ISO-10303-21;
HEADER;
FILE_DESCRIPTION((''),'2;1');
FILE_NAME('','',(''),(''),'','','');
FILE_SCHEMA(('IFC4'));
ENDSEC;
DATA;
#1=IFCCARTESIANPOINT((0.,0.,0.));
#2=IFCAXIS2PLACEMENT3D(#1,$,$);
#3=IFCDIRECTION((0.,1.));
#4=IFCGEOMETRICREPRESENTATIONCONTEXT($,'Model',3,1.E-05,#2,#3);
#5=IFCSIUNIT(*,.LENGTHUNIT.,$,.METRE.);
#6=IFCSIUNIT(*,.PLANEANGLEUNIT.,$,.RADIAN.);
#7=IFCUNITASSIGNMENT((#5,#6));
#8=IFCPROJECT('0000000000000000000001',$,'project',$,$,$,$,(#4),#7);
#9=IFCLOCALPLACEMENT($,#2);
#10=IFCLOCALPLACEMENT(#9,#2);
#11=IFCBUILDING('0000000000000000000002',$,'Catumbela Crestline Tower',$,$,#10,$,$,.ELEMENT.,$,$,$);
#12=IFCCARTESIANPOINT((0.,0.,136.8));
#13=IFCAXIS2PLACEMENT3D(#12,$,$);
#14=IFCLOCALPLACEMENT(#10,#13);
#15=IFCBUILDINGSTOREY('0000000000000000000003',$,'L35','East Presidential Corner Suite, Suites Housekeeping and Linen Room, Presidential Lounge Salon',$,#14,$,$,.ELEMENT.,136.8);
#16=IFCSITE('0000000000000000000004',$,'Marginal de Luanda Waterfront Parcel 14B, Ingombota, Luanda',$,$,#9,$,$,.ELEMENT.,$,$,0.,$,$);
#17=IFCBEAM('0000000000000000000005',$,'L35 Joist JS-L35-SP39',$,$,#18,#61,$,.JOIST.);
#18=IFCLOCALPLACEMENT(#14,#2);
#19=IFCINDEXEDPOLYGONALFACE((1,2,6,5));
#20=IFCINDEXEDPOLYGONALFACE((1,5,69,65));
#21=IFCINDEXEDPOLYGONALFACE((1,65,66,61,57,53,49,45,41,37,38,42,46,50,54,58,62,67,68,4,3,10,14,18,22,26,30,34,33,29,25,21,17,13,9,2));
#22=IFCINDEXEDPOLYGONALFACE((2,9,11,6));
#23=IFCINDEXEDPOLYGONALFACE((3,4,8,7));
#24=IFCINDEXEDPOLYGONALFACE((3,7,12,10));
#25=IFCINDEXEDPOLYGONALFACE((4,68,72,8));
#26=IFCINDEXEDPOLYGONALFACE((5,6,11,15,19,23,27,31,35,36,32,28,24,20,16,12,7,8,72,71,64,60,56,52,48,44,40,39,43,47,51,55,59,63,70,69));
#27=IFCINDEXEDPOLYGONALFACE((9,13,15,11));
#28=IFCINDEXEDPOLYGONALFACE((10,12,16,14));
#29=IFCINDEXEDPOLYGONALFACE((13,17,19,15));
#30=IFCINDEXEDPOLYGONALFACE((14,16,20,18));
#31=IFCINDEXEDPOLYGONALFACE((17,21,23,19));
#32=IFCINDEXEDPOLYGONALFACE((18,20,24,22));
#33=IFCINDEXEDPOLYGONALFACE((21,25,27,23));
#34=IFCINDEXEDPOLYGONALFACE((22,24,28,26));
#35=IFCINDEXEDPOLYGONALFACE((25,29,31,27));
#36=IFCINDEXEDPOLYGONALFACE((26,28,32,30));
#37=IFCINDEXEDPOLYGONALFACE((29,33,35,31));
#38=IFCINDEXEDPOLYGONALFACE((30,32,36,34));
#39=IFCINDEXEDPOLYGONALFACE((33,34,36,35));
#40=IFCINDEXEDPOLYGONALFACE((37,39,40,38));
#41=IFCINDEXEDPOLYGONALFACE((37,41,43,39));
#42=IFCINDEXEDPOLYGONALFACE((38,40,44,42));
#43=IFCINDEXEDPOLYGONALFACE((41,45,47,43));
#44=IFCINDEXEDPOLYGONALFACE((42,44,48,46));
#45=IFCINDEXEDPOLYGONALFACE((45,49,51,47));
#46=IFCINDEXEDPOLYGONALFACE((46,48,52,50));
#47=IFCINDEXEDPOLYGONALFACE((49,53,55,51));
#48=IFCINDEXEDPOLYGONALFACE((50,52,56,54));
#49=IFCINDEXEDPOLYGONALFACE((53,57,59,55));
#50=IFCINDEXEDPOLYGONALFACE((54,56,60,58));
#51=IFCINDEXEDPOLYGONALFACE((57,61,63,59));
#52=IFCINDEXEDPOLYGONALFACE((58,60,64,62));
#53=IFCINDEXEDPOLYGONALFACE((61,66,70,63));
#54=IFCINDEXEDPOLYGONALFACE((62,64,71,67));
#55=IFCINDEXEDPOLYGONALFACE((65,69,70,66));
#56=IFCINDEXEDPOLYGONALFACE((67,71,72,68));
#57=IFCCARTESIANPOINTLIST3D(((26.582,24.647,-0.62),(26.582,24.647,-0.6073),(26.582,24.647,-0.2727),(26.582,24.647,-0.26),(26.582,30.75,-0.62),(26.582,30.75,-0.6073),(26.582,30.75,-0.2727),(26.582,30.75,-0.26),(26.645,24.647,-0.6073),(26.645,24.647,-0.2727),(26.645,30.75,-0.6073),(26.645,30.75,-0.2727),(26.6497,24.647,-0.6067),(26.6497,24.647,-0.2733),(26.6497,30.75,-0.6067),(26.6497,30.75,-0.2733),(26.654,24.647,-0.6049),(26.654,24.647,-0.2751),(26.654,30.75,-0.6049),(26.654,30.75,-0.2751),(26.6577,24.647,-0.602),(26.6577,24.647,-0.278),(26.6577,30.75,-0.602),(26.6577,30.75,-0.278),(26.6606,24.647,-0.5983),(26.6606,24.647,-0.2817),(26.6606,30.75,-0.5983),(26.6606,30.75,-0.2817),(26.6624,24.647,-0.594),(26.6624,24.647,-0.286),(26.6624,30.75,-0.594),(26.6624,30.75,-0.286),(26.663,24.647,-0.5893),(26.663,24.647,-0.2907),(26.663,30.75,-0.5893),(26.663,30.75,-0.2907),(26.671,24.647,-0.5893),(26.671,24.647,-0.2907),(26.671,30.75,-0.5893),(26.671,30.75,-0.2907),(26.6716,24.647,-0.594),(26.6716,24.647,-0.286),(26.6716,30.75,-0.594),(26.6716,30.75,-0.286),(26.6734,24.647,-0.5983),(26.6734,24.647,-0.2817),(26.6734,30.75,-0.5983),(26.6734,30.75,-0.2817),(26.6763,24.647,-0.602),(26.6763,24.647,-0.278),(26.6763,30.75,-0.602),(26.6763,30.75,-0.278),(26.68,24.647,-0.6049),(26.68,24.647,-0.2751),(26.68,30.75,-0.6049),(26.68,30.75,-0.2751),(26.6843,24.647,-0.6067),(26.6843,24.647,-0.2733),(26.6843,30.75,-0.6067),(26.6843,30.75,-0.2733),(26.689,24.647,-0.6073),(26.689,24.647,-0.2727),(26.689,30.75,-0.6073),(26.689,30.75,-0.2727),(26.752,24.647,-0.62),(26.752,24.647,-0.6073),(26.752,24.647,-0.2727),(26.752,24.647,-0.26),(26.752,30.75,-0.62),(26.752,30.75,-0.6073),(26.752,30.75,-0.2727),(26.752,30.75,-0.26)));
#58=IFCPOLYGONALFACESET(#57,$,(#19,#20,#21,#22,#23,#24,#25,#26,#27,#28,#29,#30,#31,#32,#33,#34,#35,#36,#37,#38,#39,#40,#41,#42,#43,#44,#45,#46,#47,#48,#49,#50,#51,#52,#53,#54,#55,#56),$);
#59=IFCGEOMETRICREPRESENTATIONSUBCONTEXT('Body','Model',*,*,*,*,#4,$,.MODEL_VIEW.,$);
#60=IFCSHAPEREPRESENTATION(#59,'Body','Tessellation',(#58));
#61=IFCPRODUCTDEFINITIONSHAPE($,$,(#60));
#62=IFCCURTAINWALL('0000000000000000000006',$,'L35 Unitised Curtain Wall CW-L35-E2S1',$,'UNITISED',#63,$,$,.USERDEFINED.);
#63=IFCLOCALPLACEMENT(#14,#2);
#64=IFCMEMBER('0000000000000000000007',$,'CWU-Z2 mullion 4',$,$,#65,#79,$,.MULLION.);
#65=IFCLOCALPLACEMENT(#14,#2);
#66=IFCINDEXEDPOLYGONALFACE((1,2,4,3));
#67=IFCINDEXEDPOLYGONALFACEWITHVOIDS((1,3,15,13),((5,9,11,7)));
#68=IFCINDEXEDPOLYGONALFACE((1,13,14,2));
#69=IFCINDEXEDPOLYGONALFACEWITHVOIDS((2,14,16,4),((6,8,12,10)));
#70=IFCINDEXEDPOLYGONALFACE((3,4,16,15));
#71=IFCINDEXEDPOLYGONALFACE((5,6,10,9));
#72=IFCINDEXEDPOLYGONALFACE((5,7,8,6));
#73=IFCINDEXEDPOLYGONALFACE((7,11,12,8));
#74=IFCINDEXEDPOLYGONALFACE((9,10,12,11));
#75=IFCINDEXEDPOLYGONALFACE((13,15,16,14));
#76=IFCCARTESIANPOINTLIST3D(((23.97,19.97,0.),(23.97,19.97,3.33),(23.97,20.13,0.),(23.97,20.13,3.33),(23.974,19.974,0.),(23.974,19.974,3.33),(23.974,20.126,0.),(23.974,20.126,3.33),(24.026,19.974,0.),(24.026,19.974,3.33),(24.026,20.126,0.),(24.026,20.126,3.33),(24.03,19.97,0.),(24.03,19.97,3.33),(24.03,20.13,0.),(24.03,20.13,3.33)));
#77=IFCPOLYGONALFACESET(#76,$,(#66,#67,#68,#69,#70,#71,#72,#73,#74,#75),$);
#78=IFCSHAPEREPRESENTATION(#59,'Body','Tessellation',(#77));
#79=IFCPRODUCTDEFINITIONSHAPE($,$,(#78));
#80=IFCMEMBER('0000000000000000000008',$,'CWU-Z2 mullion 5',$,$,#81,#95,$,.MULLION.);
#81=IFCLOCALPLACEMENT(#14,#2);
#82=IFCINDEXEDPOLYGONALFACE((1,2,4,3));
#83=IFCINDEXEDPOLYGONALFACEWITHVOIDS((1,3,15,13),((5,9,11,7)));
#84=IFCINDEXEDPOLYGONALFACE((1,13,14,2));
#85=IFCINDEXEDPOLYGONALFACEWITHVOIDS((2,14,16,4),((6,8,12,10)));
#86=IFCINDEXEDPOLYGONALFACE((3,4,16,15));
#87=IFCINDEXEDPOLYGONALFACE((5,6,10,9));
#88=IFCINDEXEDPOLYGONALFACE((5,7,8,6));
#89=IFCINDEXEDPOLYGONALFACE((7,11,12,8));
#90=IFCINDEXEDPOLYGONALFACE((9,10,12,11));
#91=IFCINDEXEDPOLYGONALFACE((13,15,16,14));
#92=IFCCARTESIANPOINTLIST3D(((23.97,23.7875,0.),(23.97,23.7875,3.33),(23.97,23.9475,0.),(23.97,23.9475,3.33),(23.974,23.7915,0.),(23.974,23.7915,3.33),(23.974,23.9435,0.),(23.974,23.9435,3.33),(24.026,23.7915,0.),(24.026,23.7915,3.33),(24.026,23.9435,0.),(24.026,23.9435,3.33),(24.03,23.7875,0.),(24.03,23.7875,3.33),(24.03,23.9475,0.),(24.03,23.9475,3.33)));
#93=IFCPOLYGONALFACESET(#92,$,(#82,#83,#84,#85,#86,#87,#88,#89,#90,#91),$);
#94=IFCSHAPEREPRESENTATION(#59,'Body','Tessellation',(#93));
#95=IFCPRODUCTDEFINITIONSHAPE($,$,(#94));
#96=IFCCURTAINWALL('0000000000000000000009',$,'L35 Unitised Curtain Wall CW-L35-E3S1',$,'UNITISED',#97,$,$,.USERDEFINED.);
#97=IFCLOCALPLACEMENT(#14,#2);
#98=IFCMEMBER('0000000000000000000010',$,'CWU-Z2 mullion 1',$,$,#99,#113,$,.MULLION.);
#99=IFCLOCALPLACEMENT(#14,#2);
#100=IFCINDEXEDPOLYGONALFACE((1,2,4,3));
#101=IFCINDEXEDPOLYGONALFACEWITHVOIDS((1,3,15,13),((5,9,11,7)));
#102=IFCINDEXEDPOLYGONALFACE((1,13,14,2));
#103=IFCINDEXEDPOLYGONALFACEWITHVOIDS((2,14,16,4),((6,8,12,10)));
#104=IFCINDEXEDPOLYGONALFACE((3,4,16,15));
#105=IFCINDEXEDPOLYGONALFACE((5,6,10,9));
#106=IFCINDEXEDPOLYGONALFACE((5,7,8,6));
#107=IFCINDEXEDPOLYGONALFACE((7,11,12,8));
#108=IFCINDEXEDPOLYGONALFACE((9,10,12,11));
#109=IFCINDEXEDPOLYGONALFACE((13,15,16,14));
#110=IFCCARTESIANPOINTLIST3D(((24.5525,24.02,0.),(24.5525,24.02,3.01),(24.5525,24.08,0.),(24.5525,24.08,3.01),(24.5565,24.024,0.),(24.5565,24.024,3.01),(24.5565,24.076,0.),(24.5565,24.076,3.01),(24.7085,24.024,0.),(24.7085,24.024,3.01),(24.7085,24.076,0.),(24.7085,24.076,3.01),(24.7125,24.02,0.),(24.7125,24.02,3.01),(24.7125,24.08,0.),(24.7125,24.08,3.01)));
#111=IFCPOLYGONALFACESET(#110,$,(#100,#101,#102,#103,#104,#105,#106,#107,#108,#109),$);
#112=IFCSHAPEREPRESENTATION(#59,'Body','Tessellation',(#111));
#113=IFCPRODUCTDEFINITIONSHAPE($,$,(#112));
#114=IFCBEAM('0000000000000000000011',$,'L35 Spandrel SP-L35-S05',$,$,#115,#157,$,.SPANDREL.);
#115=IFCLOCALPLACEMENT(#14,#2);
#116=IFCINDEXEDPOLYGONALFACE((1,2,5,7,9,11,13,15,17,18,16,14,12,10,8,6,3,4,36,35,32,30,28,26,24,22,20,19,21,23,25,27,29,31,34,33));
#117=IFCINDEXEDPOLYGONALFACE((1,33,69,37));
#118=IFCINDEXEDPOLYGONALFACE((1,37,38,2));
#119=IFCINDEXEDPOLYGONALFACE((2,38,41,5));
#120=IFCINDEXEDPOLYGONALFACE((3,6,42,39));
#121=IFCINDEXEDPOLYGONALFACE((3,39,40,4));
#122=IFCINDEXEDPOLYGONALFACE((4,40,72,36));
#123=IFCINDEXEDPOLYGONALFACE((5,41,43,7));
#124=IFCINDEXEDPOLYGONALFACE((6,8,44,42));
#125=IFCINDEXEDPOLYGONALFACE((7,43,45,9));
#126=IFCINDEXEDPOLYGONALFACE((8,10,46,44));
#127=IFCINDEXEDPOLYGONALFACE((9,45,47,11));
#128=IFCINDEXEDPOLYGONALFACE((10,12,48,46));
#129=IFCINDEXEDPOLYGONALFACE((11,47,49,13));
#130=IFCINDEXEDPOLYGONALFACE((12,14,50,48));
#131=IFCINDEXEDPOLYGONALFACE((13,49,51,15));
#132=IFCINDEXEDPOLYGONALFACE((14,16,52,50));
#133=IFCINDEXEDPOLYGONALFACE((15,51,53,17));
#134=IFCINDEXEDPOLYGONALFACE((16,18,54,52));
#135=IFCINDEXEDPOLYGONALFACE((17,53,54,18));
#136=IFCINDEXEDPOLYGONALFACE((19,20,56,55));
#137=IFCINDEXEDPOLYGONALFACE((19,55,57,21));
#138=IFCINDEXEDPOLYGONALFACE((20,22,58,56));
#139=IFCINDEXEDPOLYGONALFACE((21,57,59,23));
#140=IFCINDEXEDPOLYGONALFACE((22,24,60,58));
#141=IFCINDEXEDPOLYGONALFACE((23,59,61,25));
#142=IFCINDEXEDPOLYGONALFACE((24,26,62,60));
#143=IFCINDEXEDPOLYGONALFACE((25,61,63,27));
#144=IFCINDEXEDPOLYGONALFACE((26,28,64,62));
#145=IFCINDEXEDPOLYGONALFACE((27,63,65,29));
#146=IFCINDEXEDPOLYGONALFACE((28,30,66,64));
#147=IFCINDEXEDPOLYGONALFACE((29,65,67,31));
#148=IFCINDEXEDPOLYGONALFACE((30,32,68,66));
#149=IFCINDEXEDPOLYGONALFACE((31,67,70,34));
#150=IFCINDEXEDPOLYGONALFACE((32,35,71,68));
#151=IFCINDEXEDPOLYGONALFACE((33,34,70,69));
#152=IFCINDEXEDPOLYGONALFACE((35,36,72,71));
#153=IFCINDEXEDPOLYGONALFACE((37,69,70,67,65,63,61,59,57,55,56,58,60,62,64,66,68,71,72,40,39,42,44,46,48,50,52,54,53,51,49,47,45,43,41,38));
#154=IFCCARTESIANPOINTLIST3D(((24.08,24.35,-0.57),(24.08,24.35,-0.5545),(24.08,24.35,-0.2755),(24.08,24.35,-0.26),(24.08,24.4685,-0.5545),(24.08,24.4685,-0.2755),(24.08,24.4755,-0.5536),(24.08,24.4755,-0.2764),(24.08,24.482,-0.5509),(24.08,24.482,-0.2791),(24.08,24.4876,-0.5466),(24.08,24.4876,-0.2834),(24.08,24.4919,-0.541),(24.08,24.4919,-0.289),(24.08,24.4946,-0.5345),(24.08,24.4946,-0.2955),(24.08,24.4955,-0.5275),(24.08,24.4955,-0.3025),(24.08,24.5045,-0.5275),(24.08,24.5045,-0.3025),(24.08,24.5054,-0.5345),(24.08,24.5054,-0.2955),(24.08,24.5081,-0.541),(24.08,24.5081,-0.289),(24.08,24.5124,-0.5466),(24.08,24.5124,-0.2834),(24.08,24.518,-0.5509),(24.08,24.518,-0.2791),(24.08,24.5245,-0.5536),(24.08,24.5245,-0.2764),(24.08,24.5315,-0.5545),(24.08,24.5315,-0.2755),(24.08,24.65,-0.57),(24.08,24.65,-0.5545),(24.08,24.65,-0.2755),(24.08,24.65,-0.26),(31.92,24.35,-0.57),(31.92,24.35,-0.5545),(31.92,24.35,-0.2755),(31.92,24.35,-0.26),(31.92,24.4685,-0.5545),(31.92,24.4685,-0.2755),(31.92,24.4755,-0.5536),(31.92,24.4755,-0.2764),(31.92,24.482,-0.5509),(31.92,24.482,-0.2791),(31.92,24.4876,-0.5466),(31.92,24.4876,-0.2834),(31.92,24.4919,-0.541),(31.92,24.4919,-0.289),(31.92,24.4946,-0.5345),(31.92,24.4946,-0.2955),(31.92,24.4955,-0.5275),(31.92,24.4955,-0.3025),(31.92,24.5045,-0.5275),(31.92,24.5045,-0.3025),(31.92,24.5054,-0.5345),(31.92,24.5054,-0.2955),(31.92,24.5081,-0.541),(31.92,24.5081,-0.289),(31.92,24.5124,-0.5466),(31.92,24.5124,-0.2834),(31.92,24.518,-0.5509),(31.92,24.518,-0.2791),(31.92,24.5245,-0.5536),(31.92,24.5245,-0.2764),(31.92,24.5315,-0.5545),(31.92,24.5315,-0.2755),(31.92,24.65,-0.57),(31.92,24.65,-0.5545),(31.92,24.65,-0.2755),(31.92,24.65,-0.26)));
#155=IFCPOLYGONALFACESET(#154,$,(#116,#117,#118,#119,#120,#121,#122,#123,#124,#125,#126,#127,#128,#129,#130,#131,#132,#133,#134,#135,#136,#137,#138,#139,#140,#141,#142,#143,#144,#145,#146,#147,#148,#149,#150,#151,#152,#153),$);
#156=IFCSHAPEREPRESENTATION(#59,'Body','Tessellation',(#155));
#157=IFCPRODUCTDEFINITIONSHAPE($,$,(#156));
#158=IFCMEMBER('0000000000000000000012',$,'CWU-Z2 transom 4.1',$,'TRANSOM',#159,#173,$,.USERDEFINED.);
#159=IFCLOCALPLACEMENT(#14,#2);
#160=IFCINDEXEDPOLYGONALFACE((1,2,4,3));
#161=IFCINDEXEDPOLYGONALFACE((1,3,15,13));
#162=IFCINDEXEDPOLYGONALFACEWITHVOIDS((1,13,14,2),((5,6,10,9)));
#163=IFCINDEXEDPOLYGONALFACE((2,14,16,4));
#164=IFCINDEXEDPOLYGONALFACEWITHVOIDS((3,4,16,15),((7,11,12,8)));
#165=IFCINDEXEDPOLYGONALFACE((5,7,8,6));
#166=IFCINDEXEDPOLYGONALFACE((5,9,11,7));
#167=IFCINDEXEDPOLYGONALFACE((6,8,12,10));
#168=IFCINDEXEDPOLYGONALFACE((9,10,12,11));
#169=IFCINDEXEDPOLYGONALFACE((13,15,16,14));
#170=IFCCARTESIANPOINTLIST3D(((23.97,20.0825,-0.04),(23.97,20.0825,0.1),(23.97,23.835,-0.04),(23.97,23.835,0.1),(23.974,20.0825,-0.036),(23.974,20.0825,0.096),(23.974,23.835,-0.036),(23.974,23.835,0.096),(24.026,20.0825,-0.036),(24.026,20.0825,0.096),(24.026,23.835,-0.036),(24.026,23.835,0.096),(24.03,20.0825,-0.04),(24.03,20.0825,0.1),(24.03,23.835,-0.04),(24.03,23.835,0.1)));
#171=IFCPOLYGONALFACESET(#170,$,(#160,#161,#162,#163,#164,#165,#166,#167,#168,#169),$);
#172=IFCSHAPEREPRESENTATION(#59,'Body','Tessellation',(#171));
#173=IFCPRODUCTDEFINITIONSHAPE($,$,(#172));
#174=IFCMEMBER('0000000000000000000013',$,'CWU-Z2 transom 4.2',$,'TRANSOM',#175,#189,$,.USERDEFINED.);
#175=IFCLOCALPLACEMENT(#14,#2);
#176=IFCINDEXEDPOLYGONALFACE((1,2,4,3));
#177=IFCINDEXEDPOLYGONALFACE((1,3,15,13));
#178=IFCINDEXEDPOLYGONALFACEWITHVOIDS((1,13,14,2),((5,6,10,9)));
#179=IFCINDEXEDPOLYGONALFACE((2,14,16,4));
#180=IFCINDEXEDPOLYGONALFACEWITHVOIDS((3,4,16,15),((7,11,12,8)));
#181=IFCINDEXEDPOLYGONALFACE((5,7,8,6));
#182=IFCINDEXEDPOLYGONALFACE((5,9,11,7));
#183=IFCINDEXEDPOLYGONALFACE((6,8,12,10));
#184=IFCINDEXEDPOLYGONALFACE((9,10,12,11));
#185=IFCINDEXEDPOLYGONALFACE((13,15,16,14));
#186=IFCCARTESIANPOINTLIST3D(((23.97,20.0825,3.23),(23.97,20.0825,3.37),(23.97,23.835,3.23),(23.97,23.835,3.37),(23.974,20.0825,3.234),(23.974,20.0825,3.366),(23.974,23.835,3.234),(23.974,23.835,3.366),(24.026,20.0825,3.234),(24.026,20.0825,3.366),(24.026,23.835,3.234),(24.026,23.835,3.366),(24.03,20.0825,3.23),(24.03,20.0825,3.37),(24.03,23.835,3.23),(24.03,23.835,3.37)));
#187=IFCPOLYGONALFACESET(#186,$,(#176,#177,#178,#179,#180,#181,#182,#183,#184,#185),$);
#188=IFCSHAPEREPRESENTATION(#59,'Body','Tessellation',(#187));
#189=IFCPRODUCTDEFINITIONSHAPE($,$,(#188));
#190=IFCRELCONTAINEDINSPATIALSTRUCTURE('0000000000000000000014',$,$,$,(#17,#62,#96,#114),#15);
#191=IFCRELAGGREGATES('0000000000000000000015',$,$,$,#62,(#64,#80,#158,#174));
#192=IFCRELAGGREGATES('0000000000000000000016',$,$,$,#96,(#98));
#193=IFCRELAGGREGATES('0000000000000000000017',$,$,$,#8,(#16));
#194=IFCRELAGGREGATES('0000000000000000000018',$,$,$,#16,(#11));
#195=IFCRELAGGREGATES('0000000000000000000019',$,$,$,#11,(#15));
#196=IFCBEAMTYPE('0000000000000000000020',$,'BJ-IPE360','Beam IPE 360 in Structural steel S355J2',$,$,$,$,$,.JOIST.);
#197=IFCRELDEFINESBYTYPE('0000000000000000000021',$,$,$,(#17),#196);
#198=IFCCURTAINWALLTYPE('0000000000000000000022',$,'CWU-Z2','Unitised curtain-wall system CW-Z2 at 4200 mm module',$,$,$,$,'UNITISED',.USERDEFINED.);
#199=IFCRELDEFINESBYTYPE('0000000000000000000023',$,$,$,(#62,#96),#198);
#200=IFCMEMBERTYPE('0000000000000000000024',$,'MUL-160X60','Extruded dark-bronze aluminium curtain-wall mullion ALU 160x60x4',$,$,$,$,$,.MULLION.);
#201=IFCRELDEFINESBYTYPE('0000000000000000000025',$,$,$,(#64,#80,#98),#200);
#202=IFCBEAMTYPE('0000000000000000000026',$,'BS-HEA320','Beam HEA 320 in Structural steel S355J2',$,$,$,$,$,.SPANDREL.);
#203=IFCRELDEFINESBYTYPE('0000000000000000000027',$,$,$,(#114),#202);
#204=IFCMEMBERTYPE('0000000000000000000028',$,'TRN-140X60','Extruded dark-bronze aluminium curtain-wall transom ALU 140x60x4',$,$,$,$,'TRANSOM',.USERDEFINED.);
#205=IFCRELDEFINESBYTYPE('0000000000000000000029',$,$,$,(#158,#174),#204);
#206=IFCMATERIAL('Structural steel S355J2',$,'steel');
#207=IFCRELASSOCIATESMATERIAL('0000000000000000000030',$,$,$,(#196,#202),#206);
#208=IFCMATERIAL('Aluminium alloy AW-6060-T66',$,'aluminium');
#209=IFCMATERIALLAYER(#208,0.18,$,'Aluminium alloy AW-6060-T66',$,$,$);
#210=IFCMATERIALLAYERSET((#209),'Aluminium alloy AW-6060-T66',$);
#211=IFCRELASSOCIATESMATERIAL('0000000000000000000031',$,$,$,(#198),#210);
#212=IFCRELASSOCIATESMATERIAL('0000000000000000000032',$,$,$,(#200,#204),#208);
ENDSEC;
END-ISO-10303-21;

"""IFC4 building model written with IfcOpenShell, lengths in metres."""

from ifc_helpers import new_model, si_unit, direction, frame, origin, origin_2d, place, context, subcontext, project, spatial, hollow_rectangle, i_section, extrude, material, layer, layer_set, material_profile, profile_set, type_object, element, aggregate, save


model = new_model("IFC4")

# Units and contexts
model_context = context("Model", 3, precision=1e-05, world=origin(), true_north=direction((0.0, 1.0)))
body_context = subcontext(model_context, "Body", "Model", "MODEL_VIEW")
ifc_project = project(units=[si_unit("LENGTHUNIT", "METRE"), si_unit("PLANEANGLEUNIT", "RADIAN")], contexts=[model_context])

# Site, building, storey
site_placement = place(None, origin())
site = spatial("IfcSite", under=ifc_project, at=site_placement, Name="Marginal de Luanda Waterfront Parcel 14B, Ingombota, Luanda", CompositionType="ELEMENT", RefElevation=0.0)
building_placement = place(site_placement, origin())
building = spatial("IfcBuilding", under=site, at=building_placement, Name="Catumbela Crestline Tower", CompositionType="ELEMENT")
storey_placement = place(building_placement, frame((0.0, 0.0, 136.8)))
storey = spatial("IfcBuildingStorey", under=building, at=storey_placement, Name="L35", Description="East Presidential Corner Suite, Suites Housekeeping and Linen Room, Presidential Lounge Salon", CompositionType="ELEMENT", Elevation=136.8)

# Beam
ifc_material_1 = material(Name="Structural steel S355J2", Category="steel")
ifc_material_profile_1 = material_profile(ifc_material_1, i_section(OverallWidth=0.17, OverallDepth=0.36, WebThickness=0.008, FlangeThickness=0.0127, FilletRadius=0.018, at=origin_2d()), Name="IPE 360")
ifc_profile_set_1 = profile_set([ifc_material_profile_1], Name="Structural steel S355J2")
beam_type_1 = type_object("IfcBeamType", Name="BJ-IPE360", Description="Beam IPE 360 in Structural steel S355J2", PredefinedType="JOIST", material=ifc_profile_set_1)
for number, where, z_axis, x_axis, name in (
    (1, (26.667, 24.647, -0.44), (0.0, 1.0, 0.0), (-1.0, 0.0, 0.0), "L35 Joist JS-L35-SP39"),
):
    element("IfcBeam", number, at=place(storey_placement, frame(where, z_axis=z_axis, x_axis=x_axis)), inside=storey, type_object=beam_type_1, Name=name, PredefinedType="JOIST", context=body_context, shape_type="SweptSolid", body=[
        extrude(i_section(OverallWidth=0.17, OverallDepth=0.36, WebThickness=0.008, FlangeThickness=0.0127, FilletRadius=0.018, at=origin_2d()), origin(), (0.0, 0.0, 1.0), 6.103),
    ])

# Curtain wall, members
ifc_material_2 = material(Name="Aluminium alloy AW-6060-T66", Category="aluminium")
ifc_layer_1 = layer(ifc_material_2, 0.18, Name="Aluminium alloy AW-6060-T66")
ifc_layer_set_1 = layer_set([ifc_layer_1], Name="Aluminium alloy AW-6060-T66")
curtain_wall_type = type_object("IfcCurtainWallType", Name="CWU-Z2", Description="Unitised curtain-wall system CW-Z2 at 4200 mm module", ElementType="UNITISED", PredefinedType="USERDEFINED", material=ifc_layer_set_1)
curtain_wall_1_placement = place(storey_placement, origin())
curtain_wall_1 = element("IfcCurtainWall", 2, at=curtain_wall_1_placement, inside=storey, type_object=curtain_wall_type, Name="L35 Unitised Curtain Wall CW-L35-E2S1", ObjectType="UNITISED", PredefinedType="USERDEFINED")
ifc_material_profile_2 = material_profile(ifc_material_2, hollow_rectangle(XDim=0.06, YDim=0.16, WallThickness=0.004, at=origin_2d()), Name="ALU 160x60x4")
ifc_profile_set_2 = profile_set([ifc_material_profile_2], Name="Aluminium alloy AW-6060-T66")
member_type_1 = type_object("IfcMemberType", Name="MUL-160X60", Description="Extruded dark-bronze aluminium curtain-wall mullion ALU 160x60x4", PredefinedType="MULLION", material=ifc_profile_set_2)
member_1_placement = place(storey_placement, frame((24.0, 20.05, 0.0), z_axis=(0.0, 0.0, 1.0), x_axis=(-1.0, 0.0, 0.0)))
member_1 = element("IfcMember", 3, at=member_1_placement, type_object=member_type_1, Name="CWU-Z2 mullion 4", PredefinedType="MULLION", context=body_context, shape_type="SweptSolid", body=[
    extrude(hollow_rectangle(XDim=0.06, YDim=0.16, WallThickness=0.004, at=origin_2d()), origin(), (0.0, 0.0, 1.0), 3.33),
])
member_2_placement = place(storey_placement, frame((24.0, 23.8675, 0.0), z_axis=(0.0, 0.0, 1.0), x_axis=(-1.0, 0.0, 0.0)))
member_2 = element("IfcMember", 4, at=member_2_placement, type_object=member_type_1, Name="CWU-Z2 mullion 5", PredefinedType="MULLION", context=body_context, shape_type="SweptSolid", body=[
    extrude(hollow_rectangle(XDim=0.06, YDim=0.16, WallThickness=0.004, at=origin_2d()), origin(), (0.0, 0.0, 1.0), 3.33),
])

# Curtain wall, member
curtain_wall_2_placement = place(storey_placement, origin())
curtain_wall_2 = element("IfcCurtainWall", 5, at=curtain_wall_2_placement, inside=storey, type_object=curtain_wall_type, Name="L35 Unitised Curtain Wall CW-L35-E3S1", ObjectType="UNITISED", PredefinedType="USERDEFINED")
member_3_placement = place(storey_placement, frame((24.6325, 24.05, 0.0), z_axis=(0.0, 0.0, 1.0), x_axis=(0.0, 1.0, 0.0)))
member_3 = element("IfcMember", 6, at=member_3_placement, type_object=member_type_1, Name="CWU-Z2 mullion 1", PredefinedType="MULLION", context=body_context, shape_type="SweptSolid", body=[
    extrude(hollow_rectangle(XDim=0.06, YDim=0.16, WallThickness=0.004, at=origin_2d()), origin(), (0.0, 0.0, 1.0), 3.01),
])

# Beam
ifc_material_profile_3 = material_profile(ifc_material_1, i_section(OverallWidth=0.3, OverallDepth=0.31, WebThickness=0.009, FlangeThickness=0.0155, FilletRadius=0.027, at=origin_2d()), Name="HEA 320")
ifc_profile_set_3 = profile_set([ifc_material_profile_3], Name="Structural steel S355J2")
beam_type_2 = type_object("IfcBeamType", Name="BS-HEA320", Description="Beam HEA 320 in Structural steel S355J2", PredefinedType="SPANDREL", material=ifc_profile_set_3)
beam_1_placement = place(storey_placement, frame((24.08, 24.5, -0.415), z_axis=(1.0, 0.0, 0.0), x_axis=(0.0, 1.0, 0.0)))
element("IfcBeam", 7, at=beam_1_placement, inside=storey, type_object=beam_type_2, Name="L35 Spandrel SP-L35-S05", PredefinedType="SPANDREL", context=body_context, shape_type="SweptSolid", body=[
    extrude(i_section(OverallWidth=0.3, OverallDepth=0.31, WebThickness=0.009, FlangeThickness=0.0155, FilletRadius=0.027, at=origin_2d()), origin(), (0.0, 0.0, 1.0), 7.84),
])

# Members
ifc_material_profile_4 = material_profile(ifc_material_2, hollow_rectangle(XDim=0.06, YDim=0.14, WallThickness=0.004, at=origin_2d()), Name="ALU 140x60x4")
ifc_profile_set_4 = profile_set([ifc_material_profile_4], Name="Aluminium alloy AW-6060-T66")
member_type_2 = type_object("IfcMemberType", Name="TRN-140X60", Description="Extruded dark-bronze aluminium curtain-wall transom ALU 140x60x4", ElementType="TRANSOM", PredefinedType="USERDEFINED", material=ifc_profile_set_4)
member_4_placement = place(storey_placement, frame((24.0, 20.0825, 0.03), z_axis=(0.0, 1.0, 0.0), x_axis=(-1.0, 0.0, 0.0)))
member_4 = element("IfcMember", 8, at=member_4_placement, type_object=member_type_2, Name="CWU-Z2 transom 4.1", ObjectType="TRANSOM", PredefinedType="USERDEFINED", context=body_context, shape_type="SweptSolid", body=[
    extrude(hollow_rectangle(XDim=0.06, YDim=0.14, WallThickness=0.004, at=origin_2d()), origin(), (0.0, 0.0, 1.0), 3.7525),
])
member_5_placement = place(storey_placement, frame((24.0, 20.0825, 3.3), z_axis=(0.0, 1.0, 0.0), x_axis=(-1.0, 0.0, 0.0)))
member_5 = element("IfcMember", 9, at=member_5_placement, type_object=member_type_2, Name="CWU-Z2 transom 4.2", ObjectType="TRANSOM", PredefinedType="USERDEFINED", context=body_context, shape_type="SweptSolid", body=[
    extrude(hollow_rectangle(XDim=0.06, YDim=0.14, WallThickness=0.004, at=origin_2d()), origin(), (0.0, 0.0, 1.0), 3.7525),
])

aggregate(curtain_wall_1, [member_1, member_2, member_4, member_5])
aggregate(curtain_wall_2, [member_3])

save(model, "model.ifc")
